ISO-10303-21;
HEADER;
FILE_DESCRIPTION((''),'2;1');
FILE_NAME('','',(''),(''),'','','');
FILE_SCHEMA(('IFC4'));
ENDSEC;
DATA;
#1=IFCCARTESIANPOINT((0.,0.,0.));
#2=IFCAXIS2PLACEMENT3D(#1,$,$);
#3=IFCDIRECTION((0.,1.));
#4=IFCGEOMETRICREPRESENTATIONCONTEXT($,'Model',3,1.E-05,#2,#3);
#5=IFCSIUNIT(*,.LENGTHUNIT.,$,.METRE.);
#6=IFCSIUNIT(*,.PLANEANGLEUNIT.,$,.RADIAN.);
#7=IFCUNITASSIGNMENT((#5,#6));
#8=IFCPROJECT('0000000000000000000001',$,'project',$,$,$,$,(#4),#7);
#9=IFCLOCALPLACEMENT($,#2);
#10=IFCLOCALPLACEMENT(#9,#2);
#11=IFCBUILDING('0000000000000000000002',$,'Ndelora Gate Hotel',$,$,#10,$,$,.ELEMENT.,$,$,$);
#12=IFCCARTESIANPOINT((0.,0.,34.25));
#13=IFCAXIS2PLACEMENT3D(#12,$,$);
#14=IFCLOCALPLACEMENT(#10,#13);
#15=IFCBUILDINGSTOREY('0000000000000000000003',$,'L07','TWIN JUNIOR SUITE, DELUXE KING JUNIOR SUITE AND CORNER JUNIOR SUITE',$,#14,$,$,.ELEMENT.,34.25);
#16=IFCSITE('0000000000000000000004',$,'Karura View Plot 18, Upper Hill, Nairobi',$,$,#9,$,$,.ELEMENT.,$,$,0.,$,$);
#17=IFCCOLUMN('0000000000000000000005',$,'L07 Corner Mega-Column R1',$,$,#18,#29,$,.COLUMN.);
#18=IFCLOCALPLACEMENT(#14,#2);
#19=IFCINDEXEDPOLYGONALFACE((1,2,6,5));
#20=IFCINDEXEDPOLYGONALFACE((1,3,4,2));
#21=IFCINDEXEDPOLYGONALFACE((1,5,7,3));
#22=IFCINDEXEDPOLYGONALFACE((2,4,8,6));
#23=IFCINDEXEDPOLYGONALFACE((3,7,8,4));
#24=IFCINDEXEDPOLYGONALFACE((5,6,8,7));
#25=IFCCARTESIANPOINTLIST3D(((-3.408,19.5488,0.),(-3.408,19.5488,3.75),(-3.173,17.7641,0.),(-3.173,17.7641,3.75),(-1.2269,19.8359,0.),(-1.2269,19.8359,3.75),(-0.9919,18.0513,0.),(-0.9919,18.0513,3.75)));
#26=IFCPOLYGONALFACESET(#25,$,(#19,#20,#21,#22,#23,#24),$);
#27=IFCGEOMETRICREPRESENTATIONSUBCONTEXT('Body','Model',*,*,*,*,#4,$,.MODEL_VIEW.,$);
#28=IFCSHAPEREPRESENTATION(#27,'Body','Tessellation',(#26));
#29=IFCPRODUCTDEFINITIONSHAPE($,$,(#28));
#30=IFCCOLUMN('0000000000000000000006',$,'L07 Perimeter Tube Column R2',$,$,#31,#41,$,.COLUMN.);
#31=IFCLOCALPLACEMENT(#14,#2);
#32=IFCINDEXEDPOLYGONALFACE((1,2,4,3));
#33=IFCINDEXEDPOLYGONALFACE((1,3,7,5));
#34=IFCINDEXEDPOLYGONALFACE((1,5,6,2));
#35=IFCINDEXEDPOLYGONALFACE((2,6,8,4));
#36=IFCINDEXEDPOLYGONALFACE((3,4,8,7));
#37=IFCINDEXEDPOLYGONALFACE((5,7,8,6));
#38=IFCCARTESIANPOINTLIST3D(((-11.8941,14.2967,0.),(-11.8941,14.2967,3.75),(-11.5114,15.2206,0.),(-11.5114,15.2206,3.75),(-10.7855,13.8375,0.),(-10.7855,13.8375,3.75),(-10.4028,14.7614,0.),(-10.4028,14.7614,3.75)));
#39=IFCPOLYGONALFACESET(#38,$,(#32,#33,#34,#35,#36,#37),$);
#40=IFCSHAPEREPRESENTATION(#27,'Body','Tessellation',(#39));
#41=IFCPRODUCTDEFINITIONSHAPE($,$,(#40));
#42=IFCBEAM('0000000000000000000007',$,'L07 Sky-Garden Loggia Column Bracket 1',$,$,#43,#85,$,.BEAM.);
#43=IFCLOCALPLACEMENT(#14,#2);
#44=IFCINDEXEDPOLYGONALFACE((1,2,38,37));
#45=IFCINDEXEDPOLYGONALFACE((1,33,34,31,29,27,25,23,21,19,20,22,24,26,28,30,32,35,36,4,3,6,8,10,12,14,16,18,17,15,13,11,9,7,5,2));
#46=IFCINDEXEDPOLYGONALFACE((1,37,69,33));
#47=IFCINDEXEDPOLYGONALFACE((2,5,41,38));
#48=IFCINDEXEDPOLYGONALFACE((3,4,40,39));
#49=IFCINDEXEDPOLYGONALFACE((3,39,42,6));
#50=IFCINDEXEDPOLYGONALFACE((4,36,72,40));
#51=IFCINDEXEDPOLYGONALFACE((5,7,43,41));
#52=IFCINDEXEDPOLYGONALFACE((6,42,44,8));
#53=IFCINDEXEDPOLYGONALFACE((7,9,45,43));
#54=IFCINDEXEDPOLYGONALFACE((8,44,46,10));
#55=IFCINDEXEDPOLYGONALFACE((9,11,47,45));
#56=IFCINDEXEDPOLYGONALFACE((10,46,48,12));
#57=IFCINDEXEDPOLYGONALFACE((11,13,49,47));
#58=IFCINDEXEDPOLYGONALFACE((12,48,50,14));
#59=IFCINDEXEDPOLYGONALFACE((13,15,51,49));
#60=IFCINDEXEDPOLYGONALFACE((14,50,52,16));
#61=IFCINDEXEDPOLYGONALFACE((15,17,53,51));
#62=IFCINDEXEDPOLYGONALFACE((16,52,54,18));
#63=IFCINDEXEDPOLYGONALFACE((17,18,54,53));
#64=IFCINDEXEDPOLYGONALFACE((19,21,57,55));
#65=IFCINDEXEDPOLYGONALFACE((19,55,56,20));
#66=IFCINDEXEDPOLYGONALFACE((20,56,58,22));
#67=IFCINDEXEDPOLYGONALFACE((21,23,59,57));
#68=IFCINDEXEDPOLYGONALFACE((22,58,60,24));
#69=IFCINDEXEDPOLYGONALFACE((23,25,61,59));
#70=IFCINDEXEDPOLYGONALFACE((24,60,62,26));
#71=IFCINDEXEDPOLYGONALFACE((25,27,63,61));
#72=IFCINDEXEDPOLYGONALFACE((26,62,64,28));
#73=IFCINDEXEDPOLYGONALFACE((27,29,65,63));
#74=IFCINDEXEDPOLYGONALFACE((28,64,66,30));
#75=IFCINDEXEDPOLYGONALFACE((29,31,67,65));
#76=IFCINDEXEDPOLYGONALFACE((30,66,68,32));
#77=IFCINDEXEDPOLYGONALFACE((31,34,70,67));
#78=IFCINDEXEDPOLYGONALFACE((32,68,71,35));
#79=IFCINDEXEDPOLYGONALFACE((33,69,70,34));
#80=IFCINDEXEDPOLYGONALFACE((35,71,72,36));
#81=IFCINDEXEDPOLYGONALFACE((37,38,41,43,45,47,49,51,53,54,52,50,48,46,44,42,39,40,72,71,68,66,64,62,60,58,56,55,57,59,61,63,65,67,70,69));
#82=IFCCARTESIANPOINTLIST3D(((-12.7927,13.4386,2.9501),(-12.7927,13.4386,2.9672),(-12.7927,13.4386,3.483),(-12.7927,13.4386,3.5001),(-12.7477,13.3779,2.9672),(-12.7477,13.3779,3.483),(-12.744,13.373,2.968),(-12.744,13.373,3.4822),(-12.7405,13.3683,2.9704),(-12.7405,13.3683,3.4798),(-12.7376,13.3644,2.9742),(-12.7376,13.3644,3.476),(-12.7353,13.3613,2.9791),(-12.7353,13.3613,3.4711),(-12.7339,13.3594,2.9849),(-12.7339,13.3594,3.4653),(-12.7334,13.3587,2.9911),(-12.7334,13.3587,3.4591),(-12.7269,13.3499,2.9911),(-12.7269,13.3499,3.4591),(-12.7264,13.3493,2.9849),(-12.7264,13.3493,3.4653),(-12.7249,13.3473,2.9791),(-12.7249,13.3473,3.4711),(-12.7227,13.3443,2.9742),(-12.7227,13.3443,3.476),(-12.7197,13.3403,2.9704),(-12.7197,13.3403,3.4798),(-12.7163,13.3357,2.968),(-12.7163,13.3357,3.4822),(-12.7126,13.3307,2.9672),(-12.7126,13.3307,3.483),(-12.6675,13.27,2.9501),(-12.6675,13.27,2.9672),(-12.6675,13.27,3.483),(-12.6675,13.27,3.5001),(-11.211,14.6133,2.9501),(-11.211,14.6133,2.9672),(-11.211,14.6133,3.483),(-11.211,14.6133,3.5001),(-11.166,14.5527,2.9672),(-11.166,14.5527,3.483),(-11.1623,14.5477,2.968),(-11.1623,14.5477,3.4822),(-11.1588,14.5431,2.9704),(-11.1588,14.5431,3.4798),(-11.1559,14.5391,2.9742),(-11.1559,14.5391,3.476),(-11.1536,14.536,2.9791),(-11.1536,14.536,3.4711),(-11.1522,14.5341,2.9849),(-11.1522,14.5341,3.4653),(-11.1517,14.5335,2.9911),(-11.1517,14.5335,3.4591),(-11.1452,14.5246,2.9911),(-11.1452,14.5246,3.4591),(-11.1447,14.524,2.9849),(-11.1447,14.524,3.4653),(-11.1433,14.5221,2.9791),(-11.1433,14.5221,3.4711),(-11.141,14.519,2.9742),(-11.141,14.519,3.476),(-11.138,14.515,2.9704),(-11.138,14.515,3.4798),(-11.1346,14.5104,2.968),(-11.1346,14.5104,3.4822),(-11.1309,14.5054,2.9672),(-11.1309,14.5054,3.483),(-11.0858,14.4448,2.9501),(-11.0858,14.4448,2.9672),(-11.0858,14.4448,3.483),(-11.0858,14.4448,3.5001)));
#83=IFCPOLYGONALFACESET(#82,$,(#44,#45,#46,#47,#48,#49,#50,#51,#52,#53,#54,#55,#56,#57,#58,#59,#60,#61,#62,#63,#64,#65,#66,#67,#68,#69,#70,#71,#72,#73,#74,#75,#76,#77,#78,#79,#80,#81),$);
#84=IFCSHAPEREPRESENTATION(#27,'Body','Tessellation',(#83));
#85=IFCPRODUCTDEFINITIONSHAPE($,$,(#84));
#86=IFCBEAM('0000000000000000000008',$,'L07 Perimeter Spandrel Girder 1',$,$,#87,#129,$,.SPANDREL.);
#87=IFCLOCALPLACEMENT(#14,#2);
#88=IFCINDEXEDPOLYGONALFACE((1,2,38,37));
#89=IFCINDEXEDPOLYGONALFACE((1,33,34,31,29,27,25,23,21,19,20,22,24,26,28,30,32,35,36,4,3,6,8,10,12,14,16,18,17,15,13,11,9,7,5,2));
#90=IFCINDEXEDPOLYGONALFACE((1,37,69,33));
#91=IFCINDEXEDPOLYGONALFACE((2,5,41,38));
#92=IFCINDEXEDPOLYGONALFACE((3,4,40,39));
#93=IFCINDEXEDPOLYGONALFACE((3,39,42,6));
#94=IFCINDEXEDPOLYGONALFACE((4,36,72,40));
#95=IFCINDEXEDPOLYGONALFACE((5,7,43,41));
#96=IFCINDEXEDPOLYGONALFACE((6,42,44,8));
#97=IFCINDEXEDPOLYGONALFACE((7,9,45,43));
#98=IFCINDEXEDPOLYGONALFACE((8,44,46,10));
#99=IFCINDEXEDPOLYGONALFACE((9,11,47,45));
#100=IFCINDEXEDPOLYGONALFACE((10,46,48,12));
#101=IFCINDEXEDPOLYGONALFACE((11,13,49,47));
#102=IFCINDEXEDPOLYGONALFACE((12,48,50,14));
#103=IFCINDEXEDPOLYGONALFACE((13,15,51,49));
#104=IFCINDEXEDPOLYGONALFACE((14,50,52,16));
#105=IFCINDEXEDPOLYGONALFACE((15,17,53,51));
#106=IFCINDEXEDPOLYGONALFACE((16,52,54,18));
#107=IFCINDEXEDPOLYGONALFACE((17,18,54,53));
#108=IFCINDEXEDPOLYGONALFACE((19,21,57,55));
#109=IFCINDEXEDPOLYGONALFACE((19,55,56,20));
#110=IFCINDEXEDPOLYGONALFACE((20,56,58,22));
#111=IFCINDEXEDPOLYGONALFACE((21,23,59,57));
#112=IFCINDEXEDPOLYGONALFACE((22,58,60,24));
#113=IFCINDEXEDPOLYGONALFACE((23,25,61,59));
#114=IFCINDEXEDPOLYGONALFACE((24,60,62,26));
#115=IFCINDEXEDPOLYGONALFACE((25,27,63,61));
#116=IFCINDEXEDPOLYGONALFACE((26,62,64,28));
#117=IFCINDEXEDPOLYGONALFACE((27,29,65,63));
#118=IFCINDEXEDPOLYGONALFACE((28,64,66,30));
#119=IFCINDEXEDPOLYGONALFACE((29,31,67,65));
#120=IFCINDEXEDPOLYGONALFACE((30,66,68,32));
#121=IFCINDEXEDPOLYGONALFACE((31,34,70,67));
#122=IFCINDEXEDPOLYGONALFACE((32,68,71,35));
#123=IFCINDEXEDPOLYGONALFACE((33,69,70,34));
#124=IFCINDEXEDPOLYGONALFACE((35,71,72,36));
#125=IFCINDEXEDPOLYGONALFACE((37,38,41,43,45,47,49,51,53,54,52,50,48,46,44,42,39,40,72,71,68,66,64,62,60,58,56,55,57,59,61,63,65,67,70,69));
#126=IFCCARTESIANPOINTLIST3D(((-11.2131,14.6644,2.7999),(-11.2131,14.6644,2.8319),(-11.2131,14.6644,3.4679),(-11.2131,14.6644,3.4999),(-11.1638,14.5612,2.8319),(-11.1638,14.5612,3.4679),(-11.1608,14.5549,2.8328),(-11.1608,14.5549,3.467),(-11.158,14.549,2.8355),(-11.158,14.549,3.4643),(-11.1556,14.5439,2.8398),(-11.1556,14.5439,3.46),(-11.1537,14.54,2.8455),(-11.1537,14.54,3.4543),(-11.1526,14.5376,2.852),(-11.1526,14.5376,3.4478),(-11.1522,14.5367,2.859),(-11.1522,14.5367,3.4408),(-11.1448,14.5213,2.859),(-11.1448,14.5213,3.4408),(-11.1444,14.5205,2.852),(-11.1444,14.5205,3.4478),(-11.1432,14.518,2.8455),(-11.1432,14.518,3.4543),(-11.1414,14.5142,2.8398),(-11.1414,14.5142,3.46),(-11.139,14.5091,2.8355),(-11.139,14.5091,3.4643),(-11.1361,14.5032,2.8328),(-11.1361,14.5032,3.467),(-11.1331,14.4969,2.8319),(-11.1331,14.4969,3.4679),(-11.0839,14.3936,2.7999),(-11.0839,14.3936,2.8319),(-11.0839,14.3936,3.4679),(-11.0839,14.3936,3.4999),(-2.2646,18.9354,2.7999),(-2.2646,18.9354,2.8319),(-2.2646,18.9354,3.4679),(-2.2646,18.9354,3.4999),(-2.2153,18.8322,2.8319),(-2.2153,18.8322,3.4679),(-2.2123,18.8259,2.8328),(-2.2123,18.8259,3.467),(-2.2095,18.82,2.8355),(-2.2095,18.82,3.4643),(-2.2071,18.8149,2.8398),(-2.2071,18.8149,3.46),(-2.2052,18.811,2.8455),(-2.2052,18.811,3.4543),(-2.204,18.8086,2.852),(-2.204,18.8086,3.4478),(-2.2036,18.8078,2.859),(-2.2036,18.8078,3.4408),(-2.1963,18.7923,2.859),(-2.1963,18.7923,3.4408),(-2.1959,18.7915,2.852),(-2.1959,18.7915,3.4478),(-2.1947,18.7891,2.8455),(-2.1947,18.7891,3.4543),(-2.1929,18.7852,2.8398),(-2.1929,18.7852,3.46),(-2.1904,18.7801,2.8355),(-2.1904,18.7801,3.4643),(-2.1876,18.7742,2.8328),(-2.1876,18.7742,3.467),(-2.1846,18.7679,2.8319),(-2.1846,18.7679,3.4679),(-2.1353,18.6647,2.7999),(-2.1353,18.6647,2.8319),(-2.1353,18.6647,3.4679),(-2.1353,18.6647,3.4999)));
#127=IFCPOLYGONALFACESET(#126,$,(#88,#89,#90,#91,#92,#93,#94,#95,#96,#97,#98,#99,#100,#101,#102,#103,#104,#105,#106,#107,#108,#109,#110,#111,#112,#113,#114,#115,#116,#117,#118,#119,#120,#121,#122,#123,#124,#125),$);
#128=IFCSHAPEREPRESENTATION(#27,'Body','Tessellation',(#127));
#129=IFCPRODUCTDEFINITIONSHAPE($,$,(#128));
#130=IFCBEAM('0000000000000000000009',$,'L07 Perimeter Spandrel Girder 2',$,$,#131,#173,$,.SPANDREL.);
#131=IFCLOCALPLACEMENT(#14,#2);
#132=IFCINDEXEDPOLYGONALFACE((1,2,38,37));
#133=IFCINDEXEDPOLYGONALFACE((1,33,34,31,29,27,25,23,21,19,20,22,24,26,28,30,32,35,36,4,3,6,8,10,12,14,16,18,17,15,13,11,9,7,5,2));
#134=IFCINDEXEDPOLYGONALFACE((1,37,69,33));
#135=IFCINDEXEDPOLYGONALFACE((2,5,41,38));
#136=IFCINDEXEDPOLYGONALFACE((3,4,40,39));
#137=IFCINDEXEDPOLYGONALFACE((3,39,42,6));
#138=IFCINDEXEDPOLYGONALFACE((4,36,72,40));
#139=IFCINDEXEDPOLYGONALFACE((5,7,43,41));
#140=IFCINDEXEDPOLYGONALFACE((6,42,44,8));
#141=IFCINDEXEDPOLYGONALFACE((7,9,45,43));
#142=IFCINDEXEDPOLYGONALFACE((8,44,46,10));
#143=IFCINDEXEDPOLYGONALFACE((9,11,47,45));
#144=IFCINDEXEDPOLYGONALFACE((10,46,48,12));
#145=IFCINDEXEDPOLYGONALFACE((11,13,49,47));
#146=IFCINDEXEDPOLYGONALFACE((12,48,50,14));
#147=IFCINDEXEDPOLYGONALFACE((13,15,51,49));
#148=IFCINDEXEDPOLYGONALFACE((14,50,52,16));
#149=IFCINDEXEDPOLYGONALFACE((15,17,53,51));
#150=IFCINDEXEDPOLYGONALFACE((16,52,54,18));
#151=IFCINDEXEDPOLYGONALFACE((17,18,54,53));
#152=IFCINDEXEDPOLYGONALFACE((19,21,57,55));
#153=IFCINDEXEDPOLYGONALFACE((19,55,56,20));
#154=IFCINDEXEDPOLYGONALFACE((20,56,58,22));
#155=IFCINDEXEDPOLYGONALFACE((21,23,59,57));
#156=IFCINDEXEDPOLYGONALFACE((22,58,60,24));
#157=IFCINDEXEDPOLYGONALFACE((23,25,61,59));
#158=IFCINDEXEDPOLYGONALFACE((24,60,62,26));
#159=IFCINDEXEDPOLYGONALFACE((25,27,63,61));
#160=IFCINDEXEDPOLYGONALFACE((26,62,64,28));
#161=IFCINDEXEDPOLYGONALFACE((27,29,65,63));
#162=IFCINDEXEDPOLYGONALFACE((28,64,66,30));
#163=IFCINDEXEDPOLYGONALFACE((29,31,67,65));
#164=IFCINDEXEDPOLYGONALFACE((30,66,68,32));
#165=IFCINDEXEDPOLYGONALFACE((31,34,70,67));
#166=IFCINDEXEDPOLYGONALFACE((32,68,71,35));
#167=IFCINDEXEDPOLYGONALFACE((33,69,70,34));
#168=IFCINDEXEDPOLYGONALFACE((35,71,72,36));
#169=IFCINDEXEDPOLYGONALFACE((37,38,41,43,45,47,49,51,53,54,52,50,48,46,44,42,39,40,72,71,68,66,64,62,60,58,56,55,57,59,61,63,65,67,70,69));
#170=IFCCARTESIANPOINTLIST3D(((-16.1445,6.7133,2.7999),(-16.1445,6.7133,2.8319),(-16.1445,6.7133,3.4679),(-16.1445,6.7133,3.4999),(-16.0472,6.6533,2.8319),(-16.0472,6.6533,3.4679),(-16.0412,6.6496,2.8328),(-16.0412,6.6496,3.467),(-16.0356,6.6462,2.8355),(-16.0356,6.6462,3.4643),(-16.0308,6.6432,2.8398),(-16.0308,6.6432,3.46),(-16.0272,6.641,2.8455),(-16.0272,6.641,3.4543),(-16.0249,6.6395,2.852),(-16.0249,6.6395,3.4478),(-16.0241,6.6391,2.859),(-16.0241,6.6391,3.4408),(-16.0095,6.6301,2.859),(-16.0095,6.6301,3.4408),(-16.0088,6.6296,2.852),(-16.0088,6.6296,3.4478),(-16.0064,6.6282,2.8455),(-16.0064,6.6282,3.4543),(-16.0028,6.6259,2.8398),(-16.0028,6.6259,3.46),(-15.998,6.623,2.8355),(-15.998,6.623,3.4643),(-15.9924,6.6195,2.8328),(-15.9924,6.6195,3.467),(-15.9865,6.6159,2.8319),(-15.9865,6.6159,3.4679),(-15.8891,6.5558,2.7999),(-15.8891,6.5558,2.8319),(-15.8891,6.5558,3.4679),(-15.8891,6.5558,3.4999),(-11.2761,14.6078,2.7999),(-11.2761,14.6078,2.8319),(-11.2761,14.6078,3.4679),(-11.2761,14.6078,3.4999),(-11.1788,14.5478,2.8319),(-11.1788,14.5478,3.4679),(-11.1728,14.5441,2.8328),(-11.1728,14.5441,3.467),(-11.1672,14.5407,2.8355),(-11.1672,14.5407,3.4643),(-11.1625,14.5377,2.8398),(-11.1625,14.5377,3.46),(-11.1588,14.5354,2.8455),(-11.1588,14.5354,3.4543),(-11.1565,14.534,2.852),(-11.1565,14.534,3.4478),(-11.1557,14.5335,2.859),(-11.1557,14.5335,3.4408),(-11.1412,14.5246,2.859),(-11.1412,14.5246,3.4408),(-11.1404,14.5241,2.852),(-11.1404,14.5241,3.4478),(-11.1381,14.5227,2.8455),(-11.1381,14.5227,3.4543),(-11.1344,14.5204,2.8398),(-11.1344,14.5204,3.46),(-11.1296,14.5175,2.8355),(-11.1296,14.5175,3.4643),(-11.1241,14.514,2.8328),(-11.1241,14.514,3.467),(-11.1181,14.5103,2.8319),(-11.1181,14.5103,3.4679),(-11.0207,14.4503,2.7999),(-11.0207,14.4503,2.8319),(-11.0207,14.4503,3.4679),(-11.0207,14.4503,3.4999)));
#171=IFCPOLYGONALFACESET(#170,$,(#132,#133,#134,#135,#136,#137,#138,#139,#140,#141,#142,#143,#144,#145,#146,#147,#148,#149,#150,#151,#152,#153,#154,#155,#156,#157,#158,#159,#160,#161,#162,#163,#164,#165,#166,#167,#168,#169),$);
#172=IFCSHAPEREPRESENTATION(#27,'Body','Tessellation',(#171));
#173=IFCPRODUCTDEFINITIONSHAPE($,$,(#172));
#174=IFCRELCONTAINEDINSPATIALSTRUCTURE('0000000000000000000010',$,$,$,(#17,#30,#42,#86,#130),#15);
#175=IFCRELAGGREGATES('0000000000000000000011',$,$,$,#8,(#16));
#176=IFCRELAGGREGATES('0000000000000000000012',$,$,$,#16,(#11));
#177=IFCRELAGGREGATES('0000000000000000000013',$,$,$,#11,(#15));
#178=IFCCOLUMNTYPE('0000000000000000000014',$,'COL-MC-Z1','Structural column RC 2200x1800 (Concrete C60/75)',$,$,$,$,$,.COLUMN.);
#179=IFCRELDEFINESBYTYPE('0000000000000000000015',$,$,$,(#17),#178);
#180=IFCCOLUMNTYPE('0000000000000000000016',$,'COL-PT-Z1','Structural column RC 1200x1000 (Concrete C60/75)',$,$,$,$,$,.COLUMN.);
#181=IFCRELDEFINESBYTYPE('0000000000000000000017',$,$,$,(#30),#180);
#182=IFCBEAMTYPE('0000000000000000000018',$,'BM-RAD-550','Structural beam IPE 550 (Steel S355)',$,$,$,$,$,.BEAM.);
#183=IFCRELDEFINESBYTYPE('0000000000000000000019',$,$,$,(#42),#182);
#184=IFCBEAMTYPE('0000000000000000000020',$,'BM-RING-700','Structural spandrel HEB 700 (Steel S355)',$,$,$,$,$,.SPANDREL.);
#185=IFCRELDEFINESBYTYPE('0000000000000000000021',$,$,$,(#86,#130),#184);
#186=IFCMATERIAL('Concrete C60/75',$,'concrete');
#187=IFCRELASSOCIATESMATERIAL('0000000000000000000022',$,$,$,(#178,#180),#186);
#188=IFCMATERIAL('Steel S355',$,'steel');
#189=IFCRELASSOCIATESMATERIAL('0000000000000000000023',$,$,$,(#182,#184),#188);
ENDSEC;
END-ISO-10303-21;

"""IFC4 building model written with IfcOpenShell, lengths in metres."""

from ifc_helpers import new_model, si_unit, direction, frame, origin, origin_2d, place, context, subcontext, project, spatial, rectangle, i_section, extrude, material, material_profile, profile_set, type_object, element, save


model = new_model("IFC4")

# Units and contexts
model_context = context("Model", 3, precision=1e-05, world=origin(), true_north=direction((0.0, 1.0)))
body_context = subcontext(model_context, "Body", "Model", "MODEL_VIEW")
ifc_project = project(units=[si_unit("LENGTHUNIT", "METRE"), si_unit("PLANEANGLEUNIT", "RADIAN")], contexts=[model_context])

# Site, building, storey
site_placement = place(None, origin())
site = spatial("IfcSite", under=ifc_project, at=site_placement, Name="Karura View Plot 18, Upper Hill, Nairobi", CompositionType="ELEMENT", RefElevation=0.0)
building_placement = place(site_placement, origin())
building = spatial("IfcBuilding", under=site, at=building_placement, Name="Ndelora Gate Hotel", CompositionType="ELEMENT")
storey_placement = place(building_placement, frame((0.0, 0.0, 34.25)))
storey = spatial("IfcBuildingStorey", under=building, at=storey_placement, Name="L07", Description="TWIN JUNIOR SUITE, DELUXE KING JUNIOR SUITE AND CORNER JUNIOR SUITE", CompositionType="ELEMENT", Elevation=34.25)

# Columns
ifc_material_1 = material(Name="Concrete C60/75", Category="concrete")
ifc_material_profile_1 = material_profile(ifc_material_1, rectangle(XDim=1.8, YDim=2.2, at=origin_2d()), Name="RC 2200x1800")
ifc_profile_set_1 = profile_set([ifc_material_profile_1], Name="Concrete C60/75")
column_type_1 = type_object("IfcColumnType", Name="COL-MC-Z1", Description="Structural column RC 2200x1800 (Concrete C60/75)", PredefinedType="COLUMN", material=ifc_profile_set_1)
column_1_placement = place(storey_placement, frame((-2.2, 18.8, 0.0), z_axis=(0.0, 0.0, 1.0), x_axis=(-0.130526, 0.991445, 0.0)))
element("IfcColumn", 1, at=column_1_placement, inside=storey, type_object=column_type_1, Name="L07 Corner Mega-Column R1", PredefinedType="COLUMN", context=body_context, shape_type="SweptSolid", body=[
    extrude(rectangle(XDim=1.8, YDim=2.2, at=origin_2d()), origin(), (0.0, 0.0, 1.0), 3.75),
])
ifc_material_profile_2 = material_profile(ifc_material_1, rectangle(XDim=1.0, YDim=1.2, at=origin_2d()), Name="RC 1200x1000")
ifc_profile_set_2 = profile_set([ifc_material_profile_2], Name="Concrete C60/75")
column_type_2 = type_object("IfcColumnType", Name="COL-PT-Z1", Description="Structural column RC 1200x1000 (Concrete C60/75)", PredefinedType="COLUMN", material=ifc_profile_set_2)
column_2_placement = place(storey_placement, frame((-11.1484, 14.5291, 0.0), z_axis=(0.0, 0.0, 1.0), x_axis=(0.382683, 0.92388, 0.0)))
element("IfcColumn", 2, at=column_2_placement, inside=storey, type_object=column_type_2, Name="L07 Perimeter Tube Column R2", PredefinedType="COLUMN", context=body_context, shape_type="SweptSolid", body=[
    extrude(rectangle(XDim=1.0, YDim=1.2, at=origin_2d()), origin(), (0.0, 0.0, 1.0), 3.75),
])

# Beams
ifc_material_2 = material(Name="Steel S355", Category="steel")
ifc_material_profile_3 = material_profile(ifc_material_2, i_section(OverallWidth=0.21, OverallDepth=0.55, WebThickness=0.011, FlangeThickness=0.0171, FilletRadius=0.0239, at=origin_2d()), Name="IPE 550")
ifc_profile_set_3 = profile_set([ifc_material_profile_3], Name="Steel S355")
beam_type_1 = type_object("IfcBeamType", Name="BM-RAD-550", Description="Structural beam IPE 550 (Steel S355)", PredefinedType="BEAM", material=ifc_profile_set_3)
beam_1_placement = place(storey_placement, frame((-11.1484, 14.5291, 3.2251), z_axis=(-0.802801, -0.596246, 0.0), x_axis=(0.596246, -0.802801, 0.0)))
element("IfcBeam", 3, at=beam_1_placement, inside=storey, type_object=beam_type_1, Name="L07 Sky-Garden Loggia Column Bracket 1", PredefinedType="BEAM", context=body_context, shape_type="SweptSolid", body=[
    extrude(i_section(OverallWidth=0.21, OverallDepth=0.55, WebThickness=0.011, FlangeThickness=0.0171, FilletRadius=0.0239, at=origin_2d()), origin(), (0.0, 0.0, 1.0), 1.9702),
])
ifc_material_profile_4 = material_profile(ifc_material_2, i_section(OverallWidth=0.3, OverallDepth=0.7, WebThickness=0.0171, FlangeThickness=0.032, FilletRadius=0.0271, at=origin_2d()), Name="HEB 700")
ifc_profile_set_4 = profile_set([ifc_material_profile_4], Name="Steel S355")
beam_type_2 = type_object("IfcBeamType", Name="BM-RING-700", Description="Structural spandrel HEB 700 (Steel S355)", PredefinedType="SPANDREL", material=ifc_profile_set_4)
beam_2_placement = place(storey_placement, frame((-2.2, 18.8, 3.1499), z_axis=(-0.902476, -0.43074, 0.0), x_axis=(0.43074, -0.902476, 0.0)))
element("IfcBeam", 4, at=beam_2_placement, inside=storey, type_object=beam_type_2, Name="L07 Perimeter Spandrel Girder 1", PredefinedType="SPANDREL", context=body_context, shape_type="SweptSolid", body=[
    extrude(i_section(OverallWidth=0.3, OverallDepth=0.7, WebThickness=0.0171, FlangeThickness=0.032, FilletRadius=0.0271, at=origin_2d()), origin(), (0.0, 0.0, 1.0), 9.9155),
])
beam_3_placement = place(storey_placement, frame((-11.1484, 14.5291, 3.1499), z_axis=(-0.524898, -0.851165, 0.0), x_axis=(0.851165, -0.524898, 0.0)))
element("IfcBeam", 5, at=beam_3_placement, inside=storey, type_object=beam_type_2, Name="L07 Perimeter Spandrel Girder 2", PredefinedType="SPANDREL", context=body_context, shape_type="SweptSolid", body=[
    extrude(i_section(OverallWidth=0.3, OverallDepth=0.7, WebThickness=0.0171, FlangeThickness=0.032, FilletRadius=0.0271, at=origin_2d()), origin(), (0.0, 0.0, 1.0), 9.2749),
])

save(model, "model.ifc")
